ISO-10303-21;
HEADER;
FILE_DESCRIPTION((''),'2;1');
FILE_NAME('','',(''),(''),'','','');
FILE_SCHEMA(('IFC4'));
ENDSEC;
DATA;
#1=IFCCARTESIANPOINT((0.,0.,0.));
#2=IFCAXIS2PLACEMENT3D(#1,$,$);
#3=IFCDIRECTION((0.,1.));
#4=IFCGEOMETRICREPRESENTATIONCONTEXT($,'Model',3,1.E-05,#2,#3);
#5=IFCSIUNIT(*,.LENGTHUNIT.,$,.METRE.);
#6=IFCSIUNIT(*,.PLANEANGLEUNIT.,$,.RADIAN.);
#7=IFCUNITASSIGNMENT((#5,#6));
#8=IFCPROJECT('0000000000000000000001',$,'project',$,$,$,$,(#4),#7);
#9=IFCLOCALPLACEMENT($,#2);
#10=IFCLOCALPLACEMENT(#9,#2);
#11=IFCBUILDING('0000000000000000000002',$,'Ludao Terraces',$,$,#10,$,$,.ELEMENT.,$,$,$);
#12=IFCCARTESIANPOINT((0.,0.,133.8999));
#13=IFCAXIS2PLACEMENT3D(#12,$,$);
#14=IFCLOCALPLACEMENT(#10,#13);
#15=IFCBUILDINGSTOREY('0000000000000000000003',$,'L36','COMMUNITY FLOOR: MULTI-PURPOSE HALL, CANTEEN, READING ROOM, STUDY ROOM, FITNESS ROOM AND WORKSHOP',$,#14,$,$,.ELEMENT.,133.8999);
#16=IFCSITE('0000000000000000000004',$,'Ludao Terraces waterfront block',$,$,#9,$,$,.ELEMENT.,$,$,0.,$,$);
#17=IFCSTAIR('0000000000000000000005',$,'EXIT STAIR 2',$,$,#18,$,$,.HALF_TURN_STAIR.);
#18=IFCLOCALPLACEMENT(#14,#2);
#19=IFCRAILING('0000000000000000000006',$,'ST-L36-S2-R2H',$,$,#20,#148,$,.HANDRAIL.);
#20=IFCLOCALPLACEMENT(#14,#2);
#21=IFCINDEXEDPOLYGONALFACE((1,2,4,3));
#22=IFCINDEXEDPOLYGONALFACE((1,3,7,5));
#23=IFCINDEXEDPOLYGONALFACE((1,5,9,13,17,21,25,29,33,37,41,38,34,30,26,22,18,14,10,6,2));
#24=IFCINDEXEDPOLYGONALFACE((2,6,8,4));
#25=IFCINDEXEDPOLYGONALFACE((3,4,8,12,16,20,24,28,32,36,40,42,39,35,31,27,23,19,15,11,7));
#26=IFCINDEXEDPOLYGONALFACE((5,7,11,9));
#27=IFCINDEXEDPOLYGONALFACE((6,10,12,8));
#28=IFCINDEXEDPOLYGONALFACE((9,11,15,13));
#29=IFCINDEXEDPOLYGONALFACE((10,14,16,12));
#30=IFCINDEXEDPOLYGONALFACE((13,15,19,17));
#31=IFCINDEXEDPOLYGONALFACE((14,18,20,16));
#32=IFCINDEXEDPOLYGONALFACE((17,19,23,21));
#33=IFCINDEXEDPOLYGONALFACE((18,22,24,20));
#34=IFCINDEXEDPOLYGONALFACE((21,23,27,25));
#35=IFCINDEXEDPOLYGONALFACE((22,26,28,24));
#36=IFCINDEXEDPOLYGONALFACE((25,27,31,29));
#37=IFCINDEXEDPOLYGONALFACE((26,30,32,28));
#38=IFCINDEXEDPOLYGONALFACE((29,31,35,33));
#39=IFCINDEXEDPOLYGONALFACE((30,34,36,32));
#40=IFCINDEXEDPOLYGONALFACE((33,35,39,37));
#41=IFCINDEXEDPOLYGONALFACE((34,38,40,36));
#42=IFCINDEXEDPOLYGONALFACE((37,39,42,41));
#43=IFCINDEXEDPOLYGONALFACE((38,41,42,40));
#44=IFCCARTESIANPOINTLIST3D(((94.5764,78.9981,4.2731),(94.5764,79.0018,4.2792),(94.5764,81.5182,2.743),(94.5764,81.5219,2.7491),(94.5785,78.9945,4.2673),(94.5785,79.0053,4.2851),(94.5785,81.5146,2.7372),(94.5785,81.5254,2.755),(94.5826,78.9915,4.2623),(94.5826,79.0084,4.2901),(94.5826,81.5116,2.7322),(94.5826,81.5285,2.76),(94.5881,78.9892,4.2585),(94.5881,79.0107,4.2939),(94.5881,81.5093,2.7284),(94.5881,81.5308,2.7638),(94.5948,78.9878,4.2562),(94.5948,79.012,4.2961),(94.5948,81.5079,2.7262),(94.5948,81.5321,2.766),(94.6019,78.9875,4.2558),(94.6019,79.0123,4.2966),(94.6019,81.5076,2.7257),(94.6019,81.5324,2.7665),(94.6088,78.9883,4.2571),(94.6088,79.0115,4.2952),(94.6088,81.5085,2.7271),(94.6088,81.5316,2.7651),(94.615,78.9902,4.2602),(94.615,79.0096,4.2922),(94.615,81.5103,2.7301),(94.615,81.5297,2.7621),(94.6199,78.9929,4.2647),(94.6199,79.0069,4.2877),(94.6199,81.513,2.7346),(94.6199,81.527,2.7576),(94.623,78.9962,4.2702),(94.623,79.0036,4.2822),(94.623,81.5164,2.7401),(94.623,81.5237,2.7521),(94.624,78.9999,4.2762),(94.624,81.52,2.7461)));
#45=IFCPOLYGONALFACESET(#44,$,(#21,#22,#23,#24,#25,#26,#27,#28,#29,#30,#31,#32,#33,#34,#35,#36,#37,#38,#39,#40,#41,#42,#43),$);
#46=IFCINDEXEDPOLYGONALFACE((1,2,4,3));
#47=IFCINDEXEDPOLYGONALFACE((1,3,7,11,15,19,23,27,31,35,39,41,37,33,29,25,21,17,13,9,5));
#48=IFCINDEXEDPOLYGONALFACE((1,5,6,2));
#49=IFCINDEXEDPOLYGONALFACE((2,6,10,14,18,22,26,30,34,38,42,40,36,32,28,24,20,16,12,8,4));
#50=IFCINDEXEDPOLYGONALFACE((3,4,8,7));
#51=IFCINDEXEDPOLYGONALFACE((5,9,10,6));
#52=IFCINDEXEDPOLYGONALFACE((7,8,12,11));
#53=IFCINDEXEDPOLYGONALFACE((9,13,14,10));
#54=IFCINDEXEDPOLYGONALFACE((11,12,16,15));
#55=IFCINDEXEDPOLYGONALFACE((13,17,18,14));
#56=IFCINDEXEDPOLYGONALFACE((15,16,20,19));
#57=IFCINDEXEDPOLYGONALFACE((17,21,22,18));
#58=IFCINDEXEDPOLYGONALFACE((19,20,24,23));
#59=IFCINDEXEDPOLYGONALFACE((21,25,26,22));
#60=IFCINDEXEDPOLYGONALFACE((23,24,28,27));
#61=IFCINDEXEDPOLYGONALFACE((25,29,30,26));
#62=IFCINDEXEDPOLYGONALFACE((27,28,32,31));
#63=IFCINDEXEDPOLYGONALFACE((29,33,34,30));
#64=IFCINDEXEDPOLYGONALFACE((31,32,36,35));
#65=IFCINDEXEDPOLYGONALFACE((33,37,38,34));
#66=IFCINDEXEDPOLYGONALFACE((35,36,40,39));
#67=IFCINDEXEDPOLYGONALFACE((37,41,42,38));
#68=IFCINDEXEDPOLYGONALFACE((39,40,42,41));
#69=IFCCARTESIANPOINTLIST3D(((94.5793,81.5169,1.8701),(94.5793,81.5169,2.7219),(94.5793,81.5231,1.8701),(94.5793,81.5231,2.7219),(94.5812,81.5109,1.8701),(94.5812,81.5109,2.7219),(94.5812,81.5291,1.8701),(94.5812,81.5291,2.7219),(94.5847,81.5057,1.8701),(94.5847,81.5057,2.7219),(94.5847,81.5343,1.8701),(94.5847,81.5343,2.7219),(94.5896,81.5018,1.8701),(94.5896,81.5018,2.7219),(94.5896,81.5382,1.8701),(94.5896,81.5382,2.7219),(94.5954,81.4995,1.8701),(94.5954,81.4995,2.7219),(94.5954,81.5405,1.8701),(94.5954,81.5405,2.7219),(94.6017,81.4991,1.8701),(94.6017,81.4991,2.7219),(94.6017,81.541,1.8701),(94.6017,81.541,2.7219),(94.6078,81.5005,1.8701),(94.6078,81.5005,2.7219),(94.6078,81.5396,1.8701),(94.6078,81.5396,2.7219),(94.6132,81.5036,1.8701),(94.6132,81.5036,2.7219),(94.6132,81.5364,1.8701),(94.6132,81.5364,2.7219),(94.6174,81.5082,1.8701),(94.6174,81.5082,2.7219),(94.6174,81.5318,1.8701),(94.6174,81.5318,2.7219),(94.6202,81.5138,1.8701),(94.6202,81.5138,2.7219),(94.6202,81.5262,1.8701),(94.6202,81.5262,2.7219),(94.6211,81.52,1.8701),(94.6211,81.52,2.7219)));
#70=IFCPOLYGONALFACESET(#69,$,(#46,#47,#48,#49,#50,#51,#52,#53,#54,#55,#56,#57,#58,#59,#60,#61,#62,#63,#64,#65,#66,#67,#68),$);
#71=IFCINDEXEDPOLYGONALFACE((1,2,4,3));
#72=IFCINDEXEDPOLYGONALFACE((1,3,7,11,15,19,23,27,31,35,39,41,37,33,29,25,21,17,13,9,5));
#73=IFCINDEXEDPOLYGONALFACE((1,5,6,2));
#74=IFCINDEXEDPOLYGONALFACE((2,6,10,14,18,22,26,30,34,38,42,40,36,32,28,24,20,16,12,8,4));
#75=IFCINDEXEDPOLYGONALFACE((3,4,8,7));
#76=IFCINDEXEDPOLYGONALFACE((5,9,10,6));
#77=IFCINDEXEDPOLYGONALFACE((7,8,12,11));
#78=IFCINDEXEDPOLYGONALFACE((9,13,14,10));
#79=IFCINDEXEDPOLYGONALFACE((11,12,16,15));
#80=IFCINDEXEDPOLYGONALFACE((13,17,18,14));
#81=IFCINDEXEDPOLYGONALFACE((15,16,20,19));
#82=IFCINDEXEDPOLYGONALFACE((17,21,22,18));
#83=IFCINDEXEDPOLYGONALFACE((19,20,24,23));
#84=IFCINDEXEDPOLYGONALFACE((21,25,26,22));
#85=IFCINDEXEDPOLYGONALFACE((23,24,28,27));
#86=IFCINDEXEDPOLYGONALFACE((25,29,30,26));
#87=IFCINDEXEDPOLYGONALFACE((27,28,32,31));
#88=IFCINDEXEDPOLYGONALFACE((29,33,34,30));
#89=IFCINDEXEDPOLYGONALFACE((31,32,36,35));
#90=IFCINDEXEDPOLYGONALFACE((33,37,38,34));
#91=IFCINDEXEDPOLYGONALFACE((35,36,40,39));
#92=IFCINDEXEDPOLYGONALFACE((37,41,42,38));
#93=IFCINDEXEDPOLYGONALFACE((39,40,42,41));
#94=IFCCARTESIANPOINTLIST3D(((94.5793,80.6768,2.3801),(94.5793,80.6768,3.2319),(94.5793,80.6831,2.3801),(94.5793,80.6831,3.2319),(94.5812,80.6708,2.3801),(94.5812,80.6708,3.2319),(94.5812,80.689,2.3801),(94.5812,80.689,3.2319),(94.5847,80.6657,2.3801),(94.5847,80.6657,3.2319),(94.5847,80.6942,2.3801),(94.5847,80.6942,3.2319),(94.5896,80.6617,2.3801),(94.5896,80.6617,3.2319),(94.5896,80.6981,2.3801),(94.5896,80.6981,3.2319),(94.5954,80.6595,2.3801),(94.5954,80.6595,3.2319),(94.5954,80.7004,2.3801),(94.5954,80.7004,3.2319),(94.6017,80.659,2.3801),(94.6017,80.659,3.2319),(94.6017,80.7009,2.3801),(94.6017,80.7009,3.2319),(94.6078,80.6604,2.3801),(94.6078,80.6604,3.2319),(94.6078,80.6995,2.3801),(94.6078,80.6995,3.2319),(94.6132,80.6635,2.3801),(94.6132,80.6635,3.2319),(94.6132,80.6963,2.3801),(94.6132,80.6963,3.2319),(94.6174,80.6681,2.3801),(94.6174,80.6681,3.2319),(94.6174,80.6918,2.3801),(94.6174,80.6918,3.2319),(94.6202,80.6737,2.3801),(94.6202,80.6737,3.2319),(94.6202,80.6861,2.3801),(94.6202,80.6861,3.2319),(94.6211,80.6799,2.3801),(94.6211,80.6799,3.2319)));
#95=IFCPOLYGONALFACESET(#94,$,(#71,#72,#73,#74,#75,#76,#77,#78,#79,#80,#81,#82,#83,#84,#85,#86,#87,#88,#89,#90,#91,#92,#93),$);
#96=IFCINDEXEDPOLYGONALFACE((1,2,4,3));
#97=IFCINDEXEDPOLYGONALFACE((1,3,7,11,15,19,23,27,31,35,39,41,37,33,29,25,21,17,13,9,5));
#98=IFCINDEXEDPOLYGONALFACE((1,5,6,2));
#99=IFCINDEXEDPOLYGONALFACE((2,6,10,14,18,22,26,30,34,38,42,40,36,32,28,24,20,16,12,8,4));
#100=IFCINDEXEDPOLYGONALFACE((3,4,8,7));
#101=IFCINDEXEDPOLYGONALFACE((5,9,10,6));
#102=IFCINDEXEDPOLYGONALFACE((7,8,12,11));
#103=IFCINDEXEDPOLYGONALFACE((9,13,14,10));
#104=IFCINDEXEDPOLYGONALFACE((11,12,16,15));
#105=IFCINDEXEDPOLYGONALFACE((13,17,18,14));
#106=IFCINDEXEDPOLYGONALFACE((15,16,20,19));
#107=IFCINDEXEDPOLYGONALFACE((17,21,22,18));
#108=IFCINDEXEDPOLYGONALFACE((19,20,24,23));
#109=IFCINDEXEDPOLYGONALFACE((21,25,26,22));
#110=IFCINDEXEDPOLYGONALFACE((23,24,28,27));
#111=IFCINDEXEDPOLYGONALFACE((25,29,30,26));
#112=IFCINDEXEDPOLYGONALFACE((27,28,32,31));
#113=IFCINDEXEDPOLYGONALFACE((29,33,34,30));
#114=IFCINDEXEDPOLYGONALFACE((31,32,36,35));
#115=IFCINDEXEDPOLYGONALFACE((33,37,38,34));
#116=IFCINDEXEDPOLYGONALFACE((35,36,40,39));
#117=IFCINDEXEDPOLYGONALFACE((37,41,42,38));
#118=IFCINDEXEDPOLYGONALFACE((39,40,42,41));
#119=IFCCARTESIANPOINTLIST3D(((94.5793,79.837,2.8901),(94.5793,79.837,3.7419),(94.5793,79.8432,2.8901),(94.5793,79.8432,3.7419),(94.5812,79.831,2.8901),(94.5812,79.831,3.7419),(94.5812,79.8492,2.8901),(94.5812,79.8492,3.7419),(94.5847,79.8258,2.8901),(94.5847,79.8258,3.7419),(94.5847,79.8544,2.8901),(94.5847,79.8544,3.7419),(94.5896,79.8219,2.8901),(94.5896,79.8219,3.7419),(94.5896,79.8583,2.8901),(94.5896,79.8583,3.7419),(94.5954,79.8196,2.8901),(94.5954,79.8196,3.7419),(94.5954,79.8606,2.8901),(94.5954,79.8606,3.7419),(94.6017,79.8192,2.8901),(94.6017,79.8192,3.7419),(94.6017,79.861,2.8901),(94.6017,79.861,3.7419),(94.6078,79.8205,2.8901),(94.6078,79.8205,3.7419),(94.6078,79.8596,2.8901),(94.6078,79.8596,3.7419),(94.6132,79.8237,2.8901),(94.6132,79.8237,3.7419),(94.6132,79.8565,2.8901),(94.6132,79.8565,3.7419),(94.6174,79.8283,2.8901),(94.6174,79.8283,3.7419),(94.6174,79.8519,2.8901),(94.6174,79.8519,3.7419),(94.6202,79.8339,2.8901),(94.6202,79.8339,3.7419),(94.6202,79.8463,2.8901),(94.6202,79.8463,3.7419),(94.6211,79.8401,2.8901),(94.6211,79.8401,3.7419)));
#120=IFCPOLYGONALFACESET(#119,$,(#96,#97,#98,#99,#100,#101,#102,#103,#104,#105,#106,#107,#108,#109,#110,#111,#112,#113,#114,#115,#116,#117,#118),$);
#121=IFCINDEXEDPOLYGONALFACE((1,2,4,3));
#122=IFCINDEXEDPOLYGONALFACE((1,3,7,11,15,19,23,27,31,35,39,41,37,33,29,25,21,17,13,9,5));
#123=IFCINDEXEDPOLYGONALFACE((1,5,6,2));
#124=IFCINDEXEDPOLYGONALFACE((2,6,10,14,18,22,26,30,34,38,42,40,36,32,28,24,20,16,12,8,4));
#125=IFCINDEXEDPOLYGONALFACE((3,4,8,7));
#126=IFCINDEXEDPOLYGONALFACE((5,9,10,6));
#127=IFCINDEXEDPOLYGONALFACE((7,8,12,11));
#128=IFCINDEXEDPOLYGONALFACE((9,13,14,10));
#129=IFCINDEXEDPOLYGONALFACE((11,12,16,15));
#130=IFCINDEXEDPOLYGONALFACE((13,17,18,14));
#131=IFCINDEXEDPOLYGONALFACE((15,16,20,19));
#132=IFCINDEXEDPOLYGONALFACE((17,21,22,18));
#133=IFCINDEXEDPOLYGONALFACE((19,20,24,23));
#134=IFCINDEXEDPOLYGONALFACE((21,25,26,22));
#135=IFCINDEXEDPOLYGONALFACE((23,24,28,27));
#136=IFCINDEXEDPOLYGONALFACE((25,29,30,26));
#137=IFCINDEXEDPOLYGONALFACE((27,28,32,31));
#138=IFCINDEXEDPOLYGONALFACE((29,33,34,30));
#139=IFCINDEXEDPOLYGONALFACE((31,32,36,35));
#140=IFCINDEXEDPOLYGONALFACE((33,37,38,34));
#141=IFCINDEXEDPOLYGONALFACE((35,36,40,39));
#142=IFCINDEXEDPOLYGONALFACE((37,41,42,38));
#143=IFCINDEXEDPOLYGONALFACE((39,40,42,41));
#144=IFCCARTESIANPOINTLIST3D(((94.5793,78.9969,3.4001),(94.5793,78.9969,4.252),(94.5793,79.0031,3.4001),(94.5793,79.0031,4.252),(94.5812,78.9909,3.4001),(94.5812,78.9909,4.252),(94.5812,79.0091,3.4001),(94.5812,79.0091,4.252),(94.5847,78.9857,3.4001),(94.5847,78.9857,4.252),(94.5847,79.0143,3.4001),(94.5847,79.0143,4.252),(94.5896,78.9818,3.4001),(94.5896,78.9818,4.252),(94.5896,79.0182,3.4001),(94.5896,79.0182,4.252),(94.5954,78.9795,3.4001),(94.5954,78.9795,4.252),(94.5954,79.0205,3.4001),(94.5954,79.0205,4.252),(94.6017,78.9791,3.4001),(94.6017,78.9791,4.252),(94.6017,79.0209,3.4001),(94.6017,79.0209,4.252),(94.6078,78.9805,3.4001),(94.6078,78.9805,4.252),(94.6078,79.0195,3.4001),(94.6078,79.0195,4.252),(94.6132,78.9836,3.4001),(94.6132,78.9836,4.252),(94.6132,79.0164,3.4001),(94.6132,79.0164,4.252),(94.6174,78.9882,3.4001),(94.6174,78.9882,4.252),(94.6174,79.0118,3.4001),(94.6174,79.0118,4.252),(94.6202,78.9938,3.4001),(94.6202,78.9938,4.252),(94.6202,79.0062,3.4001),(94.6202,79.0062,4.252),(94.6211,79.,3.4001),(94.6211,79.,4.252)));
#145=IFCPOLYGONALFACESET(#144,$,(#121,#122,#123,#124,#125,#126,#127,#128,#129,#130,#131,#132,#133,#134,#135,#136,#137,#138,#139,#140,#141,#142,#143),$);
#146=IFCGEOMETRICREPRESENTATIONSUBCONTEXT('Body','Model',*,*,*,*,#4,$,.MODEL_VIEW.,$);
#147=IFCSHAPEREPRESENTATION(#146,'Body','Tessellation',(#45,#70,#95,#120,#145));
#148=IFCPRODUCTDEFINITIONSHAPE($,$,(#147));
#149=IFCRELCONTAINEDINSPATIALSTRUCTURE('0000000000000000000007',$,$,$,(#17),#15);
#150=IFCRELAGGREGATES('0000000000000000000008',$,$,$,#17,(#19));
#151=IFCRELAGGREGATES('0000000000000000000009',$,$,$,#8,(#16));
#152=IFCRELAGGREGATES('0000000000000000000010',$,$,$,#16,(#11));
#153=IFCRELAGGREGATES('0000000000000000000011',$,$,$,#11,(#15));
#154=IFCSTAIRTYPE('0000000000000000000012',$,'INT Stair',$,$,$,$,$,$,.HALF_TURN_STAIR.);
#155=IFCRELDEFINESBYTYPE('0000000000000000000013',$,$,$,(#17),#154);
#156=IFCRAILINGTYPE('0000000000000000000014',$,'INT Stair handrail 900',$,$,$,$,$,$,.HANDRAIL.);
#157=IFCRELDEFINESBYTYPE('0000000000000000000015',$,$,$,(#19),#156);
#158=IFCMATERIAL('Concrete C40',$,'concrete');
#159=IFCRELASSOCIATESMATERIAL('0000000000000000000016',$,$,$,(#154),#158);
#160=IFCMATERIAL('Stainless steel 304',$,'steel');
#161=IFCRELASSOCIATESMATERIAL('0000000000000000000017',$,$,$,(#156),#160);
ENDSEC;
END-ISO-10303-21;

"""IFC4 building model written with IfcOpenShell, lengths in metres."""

from ifc_helpers import new_model, si_unit, direction, frame, origin, origin_2d, place, context, subcontext, project, spatial, circle, extrude, material, type_object, element, aggregate, save


model = new_model("IFC4")

# Units and contexts
model_context = context("Model", 3, precision=1e-05, world=origin(), true_north=direction((0.0, 1.0)))
body_context = subcontext(model_context, "Body", "Model", "MODEL_VIEW")
ifc_project = project(units=[si_unit("LENGTHUNIT", "METRE"), si_unit("PLANEANGLEUNIT", "RADIAN")], contexts=[model_context])

# Site, building, storey
site_placement = place(None, origin())
site = spatial("IfcSite", under=ifc_project, at=site_placement, Name="Ludao Terraces waterfront block", CompositionType="ELEMENT", RefElevation=0.0)
building_placement = place(site_placement, origin())
building = spatial("IfcBuilding", under=site, at=building_placement, Name="Ludao Terraces", CompositionType="ELEMENT")
storey_placement = place(building_placement, frame((0.0, 0.0, 133.8999)))
storey = spatial("IfcBuildingStorey", under=building, at=storey_placement, Name="L36", Description="COMMUNITY FLOOR: MULTI-PURPOSE HALL, CANTEEN, READING ROOM, STUDY ROOM, FITNESS ROOM AND WORKSHOP", CompositionType="ELEMENT", Elevation=133.8999)

# Shared definitions
ifc_material_1 = material(Name="Concrete C40", Category="concrete")

# Stair, railing
stair_type = type_object("IfcStairType", Name="INT Stair", PredefinedType="HALF_TURN_STAIR", material=ifc_material_1)
stair_placement = place(storey_placement, origin())
stair = element("IfcStair", 1, at=stair_placement, inside=storey, type_object=stair_type, Name="EXIT STAIR 2", PredefinedType="HALF_TURN_STAIR")
ifc_material_2 = material(Name="Stainless steel 304", Category="steel")
railing_type = type_object("IfcRailingType", Name="INT Stair handrail 900", PredefinedType="HANDRAIL", material=ifc_material_2)
railing_placement = place(storey_placement, frame((94.6001, 81.52, 1.8701)))
railing = element("IfcRailing", 2, at=railing_placement, type_object=railing_type, Name="ST-L36-S2-R2H", PredefinedType="HANDRAIL", context=body_context, shape_type="SweptSolid", body=[
    extrude(circle(Radius=0.0239, at=origin_2d()), frame((0.0, 0.0, 0.876), z_axis=(0.0, -0.854785, 0.518982), x_axis=(1.0, 0.0, 0.0)), (0.0, 0.0, 1.0), 2.9482),
    extrude(circle(Radius=0.021, at=origin_2d()), origin(), (0.0, 0.0, 1.0), 0.8518),
    extrude(circle(Radius=0.021, at=origin_2d()), frame((0.0, -0.8401, 0.51)), (0.0, 0.0, 1.0), 0.8518),
    extrude(circle(Radius=0.021, at=origin_2d()), frame((0.0, -1.6799, 1.02)), (0.0, 0.0, 1.0), 0.8518),
    extrude(circle(Radius=0.021, at=origin_2d()), frame((0.0, -2.52, 1.53)), (0.0, 0.0, 1.0), 0.8518),
])
aggregate(stair, [railing])

save(model, "model.ifc")
